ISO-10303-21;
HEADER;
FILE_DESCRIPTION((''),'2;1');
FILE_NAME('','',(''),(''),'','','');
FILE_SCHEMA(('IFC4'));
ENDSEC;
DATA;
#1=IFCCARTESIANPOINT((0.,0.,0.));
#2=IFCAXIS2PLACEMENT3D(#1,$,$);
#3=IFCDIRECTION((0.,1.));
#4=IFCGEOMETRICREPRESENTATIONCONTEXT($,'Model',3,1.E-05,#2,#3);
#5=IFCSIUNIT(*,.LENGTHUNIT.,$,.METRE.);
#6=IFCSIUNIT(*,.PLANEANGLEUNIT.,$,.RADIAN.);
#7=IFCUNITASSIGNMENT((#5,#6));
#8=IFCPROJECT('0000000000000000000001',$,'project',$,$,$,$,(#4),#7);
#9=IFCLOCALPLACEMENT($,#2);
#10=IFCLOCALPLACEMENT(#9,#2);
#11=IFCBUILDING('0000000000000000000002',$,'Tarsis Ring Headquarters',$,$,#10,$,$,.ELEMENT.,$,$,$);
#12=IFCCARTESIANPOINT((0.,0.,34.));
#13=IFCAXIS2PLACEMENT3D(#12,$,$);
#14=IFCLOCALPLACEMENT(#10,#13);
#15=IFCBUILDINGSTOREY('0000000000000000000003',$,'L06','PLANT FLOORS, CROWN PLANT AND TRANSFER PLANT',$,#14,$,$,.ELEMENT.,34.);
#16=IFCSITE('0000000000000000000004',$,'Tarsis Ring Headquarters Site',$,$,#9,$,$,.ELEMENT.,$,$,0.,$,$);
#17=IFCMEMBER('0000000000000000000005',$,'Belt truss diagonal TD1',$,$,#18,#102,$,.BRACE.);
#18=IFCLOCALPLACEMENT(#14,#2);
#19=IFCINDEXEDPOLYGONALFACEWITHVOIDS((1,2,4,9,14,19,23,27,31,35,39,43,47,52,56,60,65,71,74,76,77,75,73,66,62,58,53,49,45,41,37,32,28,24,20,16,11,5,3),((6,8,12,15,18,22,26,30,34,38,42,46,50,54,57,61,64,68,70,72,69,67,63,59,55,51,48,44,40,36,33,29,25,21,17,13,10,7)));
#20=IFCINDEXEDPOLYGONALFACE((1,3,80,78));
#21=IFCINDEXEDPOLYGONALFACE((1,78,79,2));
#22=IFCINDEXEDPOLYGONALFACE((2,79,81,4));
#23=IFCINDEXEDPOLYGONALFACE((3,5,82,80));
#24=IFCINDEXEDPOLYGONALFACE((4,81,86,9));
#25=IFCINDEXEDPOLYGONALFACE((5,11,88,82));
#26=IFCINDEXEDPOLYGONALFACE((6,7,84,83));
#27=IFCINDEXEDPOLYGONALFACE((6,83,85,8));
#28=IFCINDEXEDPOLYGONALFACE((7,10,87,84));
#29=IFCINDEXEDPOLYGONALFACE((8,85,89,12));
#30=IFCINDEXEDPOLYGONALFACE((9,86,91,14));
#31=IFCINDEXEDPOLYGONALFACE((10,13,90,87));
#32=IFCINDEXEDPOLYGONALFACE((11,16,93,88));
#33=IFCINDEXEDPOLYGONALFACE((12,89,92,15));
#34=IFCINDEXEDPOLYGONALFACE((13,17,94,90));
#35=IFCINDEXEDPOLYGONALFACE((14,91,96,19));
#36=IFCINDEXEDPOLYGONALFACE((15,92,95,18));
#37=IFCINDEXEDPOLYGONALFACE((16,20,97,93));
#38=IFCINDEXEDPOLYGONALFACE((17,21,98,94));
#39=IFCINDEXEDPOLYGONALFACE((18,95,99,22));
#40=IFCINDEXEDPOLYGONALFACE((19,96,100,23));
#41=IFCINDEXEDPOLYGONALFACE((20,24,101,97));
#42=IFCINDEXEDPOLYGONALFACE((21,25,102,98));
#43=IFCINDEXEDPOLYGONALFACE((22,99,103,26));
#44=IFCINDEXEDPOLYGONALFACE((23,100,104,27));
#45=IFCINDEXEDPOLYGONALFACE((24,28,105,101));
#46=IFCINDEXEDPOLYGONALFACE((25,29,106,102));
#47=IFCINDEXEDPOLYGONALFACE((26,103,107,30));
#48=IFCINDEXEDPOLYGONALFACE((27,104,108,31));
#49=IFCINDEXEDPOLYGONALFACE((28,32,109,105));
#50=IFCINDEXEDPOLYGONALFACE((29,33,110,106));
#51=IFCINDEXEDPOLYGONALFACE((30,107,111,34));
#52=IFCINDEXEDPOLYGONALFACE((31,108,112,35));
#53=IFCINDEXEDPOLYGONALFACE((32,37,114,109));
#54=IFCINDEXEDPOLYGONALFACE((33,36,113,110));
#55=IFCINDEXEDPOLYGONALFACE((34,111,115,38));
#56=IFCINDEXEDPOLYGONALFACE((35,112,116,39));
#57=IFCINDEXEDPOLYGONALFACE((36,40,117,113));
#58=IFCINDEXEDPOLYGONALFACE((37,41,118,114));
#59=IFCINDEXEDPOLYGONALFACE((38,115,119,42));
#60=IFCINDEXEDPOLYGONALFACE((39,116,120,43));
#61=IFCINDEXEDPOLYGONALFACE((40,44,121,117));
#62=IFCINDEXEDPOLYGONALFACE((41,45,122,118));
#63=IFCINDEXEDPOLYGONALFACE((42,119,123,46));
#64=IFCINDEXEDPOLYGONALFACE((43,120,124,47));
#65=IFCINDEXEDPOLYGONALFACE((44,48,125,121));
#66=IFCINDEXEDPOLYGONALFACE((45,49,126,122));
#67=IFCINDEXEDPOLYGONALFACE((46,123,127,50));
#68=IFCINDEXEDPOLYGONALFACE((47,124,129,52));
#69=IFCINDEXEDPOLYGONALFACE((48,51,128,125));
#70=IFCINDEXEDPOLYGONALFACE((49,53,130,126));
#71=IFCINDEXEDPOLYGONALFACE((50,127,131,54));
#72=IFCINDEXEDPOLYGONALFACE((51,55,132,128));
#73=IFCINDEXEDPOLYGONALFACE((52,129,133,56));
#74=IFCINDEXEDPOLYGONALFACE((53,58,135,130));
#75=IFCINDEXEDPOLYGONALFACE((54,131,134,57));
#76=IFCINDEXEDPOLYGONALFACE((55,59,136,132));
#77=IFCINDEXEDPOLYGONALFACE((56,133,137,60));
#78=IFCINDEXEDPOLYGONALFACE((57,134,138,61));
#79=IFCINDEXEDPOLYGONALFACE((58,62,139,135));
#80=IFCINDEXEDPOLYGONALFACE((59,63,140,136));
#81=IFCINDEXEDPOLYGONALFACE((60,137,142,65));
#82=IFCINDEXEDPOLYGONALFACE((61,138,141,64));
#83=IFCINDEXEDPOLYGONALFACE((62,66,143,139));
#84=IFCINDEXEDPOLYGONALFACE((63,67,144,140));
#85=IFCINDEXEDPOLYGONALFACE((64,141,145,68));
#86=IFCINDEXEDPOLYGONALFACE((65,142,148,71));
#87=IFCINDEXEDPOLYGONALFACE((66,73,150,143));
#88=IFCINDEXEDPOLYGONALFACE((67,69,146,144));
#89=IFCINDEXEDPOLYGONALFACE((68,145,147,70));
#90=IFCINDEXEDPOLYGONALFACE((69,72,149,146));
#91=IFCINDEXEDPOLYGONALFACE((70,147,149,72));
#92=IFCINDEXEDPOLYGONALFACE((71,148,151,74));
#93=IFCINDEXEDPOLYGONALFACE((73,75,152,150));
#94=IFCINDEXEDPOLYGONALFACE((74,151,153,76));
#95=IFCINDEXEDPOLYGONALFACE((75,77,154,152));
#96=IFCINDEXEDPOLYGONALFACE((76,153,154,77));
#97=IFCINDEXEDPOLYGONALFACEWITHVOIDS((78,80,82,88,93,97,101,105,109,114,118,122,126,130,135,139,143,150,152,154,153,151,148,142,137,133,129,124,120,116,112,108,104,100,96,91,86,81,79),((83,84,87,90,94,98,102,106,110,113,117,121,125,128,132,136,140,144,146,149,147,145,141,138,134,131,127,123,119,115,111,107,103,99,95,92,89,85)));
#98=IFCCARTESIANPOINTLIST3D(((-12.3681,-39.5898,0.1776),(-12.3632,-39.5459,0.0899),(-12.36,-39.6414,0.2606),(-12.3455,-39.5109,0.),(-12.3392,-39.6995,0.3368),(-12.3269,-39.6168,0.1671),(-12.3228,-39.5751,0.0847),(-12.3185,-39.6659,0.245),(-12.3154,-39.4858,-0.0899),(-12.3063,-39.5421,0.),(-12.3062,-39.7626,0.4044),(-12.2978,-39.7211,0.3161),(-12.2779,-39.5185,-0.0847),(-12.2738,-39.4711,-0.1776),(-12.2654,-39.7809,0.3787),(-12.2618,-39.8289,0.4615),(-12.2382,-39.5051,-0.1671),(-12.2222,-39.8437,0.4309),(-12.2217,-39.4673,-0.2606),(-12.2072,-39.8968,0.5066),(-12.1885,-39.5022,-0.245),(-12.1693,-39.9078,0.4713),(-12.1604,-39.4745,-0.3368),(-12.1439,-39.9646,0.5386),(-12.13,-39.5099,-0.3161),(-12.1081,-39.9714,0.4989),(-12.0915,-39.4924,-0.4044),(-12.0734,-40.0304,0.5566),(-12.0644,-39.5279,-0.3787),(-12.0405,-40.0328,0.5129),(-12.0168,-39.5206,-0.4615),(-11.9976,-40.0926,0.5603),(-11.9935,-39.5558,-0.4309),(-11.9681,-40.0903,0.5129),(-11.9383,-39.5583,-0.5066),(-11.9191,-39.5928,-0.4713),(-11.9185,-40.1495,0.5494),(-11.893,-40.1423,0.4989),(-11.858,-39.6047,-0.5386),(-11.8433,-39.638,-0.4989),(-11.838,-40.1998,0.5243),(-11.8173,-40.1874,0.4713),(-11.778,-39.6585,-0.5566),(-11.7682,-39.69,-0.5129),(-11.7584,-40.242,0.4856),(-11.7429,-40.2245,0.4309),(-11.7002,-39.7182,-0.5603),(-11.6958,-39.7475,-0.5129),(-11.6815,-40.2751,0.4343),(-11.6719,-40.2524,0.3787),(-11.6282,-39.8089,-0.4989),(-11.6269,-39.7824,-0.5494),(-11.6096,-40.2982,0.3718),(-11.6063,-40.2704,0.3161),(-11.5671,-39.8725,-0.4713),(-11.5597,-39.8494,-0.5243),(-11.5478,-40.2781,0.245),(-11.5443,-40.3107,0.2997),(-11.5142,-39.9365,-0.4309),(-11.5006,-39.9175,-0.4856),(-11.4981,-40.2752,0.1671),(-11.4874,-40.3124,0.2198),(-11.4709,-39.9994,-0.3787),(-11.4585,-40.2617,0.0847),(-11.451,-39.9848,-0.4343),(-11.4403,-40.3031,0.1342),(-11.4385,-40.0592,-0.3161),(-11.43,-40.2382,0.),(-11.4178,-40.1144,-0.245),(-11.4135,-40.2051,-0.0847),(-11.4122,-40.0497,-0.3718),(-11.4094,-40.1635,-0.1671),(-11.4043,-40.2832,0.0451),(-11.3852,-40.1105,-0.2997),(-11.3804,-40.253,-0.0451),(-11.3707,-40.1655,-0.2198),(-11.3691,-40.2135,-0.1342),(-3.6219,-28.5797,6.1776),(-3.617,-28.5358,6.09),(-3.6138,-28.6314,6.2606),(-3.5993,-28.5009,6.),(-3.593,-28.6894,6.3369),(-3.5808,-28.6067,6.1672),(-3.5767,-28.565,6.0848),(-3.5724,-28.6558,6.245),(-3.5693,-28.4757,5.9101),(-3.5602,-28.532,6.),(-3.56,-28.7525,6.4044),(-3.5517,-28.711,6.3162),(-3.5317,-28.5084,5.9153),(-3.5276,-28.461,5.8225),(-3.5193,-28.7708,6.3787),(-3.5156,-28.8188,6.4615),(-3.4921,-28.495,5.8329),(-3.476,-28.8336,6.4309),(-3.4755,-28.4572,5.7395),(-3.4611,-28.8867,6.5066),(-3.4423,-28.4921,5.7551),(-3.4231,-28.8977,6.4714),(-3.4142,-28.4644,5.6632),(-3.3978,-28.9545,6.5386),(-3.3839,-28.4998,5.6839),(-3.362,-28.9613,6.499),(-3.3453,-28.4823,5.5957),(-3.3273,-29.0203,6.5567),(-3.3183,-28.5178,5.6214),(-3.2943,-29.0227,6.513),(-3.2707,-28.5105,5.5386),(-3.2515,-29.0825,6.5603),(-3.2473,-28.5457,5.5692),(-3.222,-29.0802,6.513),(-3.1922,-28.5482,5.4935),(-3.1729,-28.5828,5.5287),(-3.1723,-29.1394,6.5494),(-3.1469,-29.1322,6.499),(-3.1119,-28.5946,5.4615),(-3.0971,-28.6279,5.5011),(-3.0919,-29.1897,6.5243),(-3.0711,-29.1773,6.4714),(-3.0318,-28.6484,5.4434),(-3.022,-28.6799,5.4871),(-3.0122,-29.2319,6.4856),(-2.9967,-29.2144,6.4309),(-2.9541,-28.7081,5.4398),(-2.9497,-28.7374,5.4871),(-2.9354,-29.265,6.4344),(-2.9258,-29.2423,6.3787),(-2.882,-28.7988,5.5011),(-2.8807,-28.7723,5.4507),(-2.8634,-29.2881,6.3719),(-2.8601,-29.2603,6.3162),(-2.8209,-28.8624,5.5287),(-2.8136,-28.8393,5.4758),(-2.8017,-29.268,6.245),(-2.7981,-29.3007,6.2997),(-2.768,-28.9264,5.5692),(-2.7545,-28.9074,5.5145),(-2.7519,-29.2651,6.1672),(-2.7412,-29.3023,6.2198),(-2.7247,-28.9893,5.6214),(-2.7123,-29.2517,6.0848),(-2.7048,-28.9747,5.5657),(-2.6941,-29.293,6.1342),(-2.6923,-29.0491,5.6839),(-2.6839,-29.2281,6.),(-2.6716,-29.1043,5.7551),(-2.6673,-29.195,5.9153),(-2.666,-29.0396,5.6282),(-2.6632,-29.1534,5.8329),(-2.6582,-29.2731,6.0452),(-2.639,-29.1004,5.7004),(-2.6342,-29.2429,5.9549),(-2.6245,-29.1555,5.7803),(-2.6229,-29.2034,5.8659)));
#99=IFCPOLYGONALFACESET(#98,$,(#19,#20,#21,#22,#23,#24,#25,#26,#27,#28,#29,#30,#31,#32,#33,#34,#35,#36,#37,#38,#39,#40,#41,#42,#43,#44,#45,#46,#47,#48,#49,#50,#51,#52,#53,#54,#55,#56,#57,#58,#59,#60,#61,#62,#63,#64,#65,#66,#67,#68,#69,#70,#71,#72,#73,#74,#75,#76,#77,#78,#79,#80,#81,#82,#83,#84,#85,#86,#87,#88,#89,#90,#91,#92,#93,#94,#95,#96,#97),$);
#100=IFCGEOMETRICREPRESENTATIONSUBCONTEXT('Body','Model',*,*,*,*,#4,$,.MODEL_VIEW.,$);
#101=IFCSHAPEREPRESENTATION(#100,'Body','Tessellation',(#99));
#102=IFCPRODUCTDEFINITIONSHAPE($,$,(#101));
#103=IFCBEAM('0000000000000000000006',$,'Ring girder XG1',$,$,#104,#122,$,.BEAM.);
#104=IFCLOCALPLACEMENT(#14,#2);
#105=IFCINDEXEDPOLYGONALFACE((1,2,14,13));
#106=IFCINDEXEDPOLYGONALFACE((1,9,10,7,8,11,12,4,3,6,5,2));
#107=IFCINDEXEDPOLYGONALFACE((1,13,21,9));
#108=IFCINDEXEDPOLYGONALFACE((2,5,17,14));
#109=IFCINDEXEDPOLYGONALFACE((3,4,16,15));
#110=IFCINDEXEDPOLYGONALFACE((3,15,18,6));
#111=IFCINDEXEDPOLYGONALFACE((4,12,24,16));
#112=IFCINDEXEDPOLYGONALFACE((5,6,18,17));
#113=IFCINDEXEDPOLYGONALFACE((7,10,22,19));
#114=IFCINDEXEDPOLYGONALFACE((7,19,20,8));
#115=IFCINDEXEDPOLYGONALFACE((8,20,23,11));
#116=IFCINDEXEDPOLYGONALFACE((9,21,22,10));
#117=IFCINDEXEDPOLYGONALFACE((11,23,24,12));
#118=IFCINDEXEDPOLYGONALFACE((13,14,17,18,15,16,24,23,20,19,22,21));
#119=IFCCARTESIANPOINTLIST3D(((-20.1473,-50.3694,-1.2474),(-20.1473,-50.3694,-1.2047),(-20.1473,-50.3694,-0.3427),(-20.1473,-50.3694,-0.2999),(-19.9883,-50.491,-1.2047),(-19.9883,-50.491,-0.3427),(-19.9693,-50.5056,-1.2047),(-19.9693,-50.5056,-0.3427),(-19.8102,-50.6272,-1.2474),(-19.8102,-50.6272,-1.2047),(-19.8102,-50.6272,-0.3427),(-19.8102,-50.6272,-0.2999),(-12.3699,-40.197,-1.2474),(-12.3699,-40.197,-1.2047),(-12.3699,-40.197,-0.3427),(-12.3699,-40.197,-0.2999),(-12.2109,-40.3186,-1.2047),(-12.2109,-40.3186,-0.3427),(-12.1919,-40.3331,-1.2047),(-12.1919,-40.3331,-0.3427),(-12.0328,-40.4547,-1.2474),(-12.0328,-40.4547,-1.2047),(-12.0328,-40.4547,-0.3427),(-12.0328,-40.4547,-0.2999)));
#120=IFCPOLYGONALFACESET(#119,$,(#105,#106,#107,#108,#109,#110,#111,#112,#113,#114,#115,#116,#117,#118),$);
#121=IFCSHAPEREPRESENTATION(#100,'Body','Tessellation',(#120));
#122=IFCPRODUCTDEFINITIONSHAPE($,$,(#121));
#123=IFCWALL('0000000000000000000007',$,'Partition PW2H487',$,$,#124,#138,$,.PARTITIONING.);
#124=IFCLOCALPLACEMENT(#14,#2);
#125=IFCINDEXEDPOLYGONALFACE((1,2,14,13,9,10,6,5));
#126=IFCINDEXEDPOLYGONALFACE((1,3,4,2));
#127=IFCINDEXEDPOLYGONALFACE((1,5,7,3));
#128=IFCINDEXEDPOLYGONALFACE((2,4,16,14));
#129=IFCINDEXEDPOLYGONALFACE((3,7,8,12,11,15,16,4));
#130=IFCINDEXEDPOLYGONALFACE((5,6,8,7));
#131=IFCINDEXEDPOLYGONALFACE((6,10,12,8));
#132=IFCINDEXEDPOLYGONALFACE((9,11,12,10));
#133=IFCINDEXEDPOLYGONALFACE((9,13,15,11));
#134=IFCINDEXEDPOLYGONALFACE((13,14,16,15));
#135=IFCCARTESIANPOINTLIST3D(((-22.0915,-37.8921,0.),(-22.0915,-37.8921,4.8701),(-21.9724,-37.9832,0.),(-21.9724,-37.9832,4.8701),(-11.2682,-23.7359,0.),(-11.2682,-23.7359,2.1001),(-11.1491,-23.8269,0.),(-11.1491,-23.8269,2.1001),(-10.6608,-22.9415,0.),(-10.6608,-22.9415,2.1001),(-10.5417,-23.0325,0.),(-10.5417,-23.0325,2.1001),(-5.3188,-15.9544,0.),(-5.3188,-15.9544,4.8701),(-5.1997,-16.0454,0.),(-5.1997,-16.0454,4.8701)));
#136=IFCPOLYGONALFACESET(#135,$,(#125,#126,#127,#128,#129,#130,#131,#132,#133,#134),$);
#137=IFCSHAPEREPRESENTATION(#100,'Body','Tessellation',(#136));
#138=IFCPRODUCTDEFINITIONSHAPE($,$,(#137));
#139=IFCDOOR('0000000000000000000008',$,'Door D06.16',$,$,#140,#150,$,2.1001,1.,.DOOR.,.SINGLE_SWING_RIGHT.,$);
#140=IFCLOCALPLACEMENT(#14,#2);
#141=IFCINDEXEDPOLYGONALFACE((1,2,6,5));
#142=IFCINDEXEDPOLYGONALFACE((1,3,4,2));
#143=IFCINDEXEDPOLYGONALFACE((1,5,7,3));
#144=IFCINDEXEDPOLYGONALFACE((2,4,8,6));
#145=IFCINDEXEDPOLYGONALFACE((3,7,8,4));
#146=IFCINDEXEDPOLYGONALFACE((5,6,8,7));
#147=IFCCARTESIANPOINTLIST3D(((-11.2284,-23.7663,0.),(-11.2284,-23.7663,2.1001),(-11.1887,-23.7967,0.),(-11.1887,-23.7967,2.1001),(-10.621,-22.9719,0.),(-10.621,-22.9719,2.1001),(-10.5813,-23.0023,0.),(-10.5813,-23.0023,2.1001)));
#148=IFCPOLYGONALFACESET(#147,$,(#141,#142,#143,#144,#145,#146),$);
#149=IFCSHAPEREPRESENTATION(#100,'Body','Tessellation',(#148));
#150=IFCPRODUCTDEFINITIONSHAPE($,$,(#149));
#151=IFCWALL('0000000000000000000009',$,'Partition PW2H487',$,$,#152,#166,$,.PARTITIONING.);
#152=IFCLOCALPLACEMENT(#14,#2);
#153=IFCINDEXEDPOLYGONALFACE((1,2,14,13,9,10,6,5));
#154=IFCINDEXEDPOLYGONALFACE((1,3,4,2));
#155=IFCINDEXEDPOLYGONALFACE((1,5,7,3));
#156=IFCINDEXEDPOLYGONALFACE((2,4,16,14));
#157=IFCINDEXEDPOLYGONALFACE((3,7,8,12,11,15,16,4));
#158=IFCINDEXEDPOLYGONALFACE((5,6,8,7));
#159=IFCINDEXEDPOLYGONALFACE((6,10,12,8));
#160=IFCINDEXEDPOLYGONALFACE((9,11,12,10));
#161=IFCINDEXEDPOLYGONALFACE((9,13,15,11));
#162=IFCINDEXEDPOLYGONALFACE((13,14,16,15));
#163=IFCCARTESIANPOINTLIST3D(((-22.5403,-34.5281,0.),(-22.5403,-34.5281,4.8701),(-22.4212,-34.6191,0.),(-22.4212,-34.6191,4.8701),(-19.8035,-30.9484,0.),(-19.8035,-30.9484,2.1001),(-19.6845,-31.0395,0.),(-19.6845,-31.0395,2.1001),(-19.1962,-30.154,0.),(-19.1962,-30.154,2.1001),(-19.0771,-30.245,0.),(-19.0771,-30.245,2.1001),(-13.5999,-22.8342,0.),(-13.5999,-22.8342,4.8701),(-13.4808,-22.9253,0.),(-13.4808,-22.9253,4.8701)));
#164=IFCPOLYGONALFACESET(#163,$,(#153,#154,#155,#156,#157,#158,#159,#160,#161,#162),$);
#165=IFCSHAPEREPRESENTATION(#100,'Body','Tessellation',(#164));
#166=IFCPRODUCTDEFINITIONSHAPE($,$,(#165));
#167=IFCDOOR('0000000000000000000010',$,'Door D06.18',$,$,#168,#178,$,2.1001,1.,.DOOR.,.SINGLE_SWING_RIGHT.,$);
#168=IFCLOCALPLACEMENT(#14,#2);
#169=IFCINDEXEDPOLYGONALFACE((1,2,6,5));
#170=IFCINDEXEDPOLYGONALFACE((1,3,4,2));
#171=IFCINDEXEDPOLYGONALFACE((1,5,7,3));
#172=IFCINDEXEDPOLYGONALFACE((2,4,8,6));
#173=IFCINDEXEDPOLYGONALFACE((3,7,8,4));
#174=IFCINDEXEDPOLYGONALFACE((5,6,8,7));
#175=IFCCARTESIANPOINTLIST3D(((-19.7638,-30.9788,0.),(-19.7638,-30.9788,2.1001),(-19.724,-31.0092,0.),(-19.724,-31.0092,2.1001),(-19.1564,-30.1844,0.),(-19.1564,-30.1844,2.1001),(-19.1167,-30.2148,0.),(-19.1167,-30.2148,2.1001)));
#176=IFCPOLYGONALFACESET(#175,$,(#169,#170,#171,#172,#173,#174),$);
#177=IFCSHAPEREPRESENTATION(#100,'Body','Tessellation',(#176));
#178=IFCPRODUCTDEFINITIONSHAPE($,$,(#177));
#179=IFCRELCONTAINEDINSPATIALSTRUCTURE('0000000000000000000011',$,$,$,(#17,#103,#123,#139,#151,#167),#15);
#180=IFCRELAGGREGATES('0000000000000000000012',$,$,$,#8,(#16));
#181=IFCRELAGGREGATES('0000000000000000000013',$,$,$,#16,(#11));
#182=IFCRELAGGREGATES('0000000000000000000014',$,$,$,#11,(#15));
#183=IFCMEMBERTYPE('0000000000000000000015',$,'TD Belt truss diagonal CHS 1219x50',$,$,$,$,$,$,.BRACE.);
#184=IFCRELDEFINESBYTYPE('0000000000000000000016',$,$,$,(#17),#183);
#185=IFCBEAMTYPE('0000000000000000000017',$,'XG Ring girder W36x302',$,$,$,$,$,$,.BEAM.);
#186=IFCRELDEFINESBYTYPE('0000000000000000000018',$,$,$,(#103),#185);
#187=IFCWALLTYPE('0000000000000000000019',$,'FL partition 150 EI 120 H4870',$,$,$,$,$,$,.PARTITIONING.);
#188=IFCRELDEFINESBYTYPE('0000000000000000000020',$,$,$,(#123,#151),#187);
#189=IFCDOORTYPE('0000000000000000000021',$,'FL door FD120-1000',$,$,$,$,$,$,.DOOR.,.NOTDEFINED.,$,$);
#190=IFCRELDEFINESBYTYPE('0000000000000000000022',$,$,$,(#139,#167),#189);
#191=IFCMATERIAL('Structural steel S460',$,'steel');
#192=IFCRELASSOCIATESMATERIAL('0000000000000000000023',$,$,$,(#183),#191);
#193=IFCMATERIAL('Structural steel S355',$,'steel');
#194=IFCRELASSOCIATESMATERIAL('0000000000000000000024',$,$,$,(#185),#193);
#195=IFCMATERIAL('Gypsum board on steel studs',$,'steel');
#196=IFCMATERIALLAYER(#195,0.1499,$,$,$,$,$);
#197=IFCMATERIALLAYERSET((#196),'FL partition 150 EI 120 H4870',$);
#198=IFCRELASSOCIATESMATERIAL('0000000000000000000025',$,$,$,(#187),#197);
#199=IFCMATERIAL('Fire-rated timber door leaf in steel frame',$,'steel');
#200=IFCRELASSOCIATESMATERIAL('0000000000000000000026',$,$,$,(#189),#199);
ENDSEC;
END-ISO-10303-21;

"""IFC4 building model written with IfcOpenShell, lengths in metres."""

from ifc_helpers import new_model, si_unit, direction, frame, frame_2d, origin, origin_2d, place, context, subcontext, project, spatial, rectangle, hollow_circle, i_section, extrude, material, layer, layer_set, material_profile, profile_set, type_object, element, fill, save


model = new_model("IFC4")

# Units and contexts
model_context = context("Model", 3, precision=1e-05, world=origin(), true_north=direction((0.0, 1.0)))
body_context = subcontext(model_context, "Body", "Model", "MODEL_VIEW")
ifc_project = project(units=[si_unit("LENGTHUNIT", "METRE"), si_unit("PLANEANGLEUNIT", "RADIAN")], contexts=[model_context])

# Site, building, storey
site_placement = place(None, origin())
site = spatial("IfcSite", under=ifc_project, at=site_placement, Name="Tarsis Ring Headquarters Site", CompositionType="ELEMENT", RefElevation=0.0)
building_placement = place(site_placement, origin())
building = spatial("IfcBuilding", under=site, at=building_placement, Name="Tarsis Ring Headquarters", CompositionType="ELEMENT")
storey_placement = place(building_placement, frame((0.0, 0.0, 34.0)))
storey = spatial("IfcBuildingStorey", under=building, at=storey_placement, Name="L06", Description="PLANT FLOORS, CROWN PLANT AND TRANSFER PLANT", CompositionType="ELEMENT", Elevation=34.0)

# Shared definitions
ifc_material_1 = material(Name="Structural steel S460", Category="steel")
ifc_material_profile_1 = material_profile(ifc_material_1, hollow_circle(Radius=0.6096, WallThickness=0.05, at=origin_2d()), Name="CHS 1219x50")
ifc_profile_set_1 = profile_set([ifc_material_profile_1], Name="Structural steel S460")

# Member
ifc_material_2 = material(Name="Structural steel S355", Category="steel")
member_type_1 = type_object("IfcMemberType", Name="TD Belt truss diagonal CHS 1219x50", PredefinedType="BRACE", material=ifc_profile_set_1)
member_1_placement = place(storey_placement, frame((-11.8682, -39.8901, 0.0), z_axis=(0.572099, 0.720186, 0.392472), x_axis=(-0.783012, 0.622006, 0.0)))
element("IfcMember", 1, at=member_1_placement, inside=storey, type_object=member_type_1, Name="Belt truss diagonal TD1", PredefinedType="BRACE", context=body_context, shape_type="SweptSolid", body=[
    extrude(hollow_circle(Radius=0.6096, WallThickness=0.05, at=origin_2d()), origin(), (0.0, 0.0, 1.0), 15.2878),
])

# Beam
ifc_material_profile_2 = material_profile(ifc_material_2, i_section(OverallWidth=0.4243, OverallDepth=0.9475, WebThickness=0.0239, FlangeThickness=0.0427, at=origin_2d()), Name="W36x302")
ifc_profile_set_2 = profile_set([ifc_material_profile_2], Name="Structural steel S355")
beam_type = type_object("IfcBeamType", Name="XG Ring girder W36x302", PredefinedType="BEAM", material=ifc_profile_set_2)
beam_placement = place(storey_placement, frame((-19.9788, -50.4983, -0.7737), z_axis=(0.607375, 0.794415, 0.0), x_axis=(-0.794415, 0.607375, 0.0)))
element("IfcBeam", 2, at=beam_placement, inside=storey, type_object=beam_type, Name="Ring girder XG1", PredefinedType="BEAM", context=body_context, shape_type="SweptSolid", body=[
    extrude(i_section(OverallWidth=0.4243, OverallDepth=0.9475, WebThickness=0.0239, FlangeThickness=0.0427, at=origin_2d()), origin(), (0.0, 0.0, 1.0), 12.8049),
])

# Walls, openings, doors
ifc_material_3 = material(Name="Gypsum board on steel studs", Category="steel")
ifc_layer = layer(ifc_material_3, 0.1499)
ifc_layer_set = layer_set([ifc_layer], Name="FL partition 150 EI 120 H4870")
wall_type = type_object("IfcWallType", Name="FL partition 150 EI 120 H4870", PredefinedType="PARTITIONING", material=ifc_layer_set)
wall_1_placement = place(storey_placement, frame((-22.032, -37.9377, 0.0), z_axis=(0.0, 0.0, 1.0), x_axis=(0.607377, 0.794414, 0.0)))
wall_1 = element("IfcWall", 3, at=wall_1_placement, inside=storey, type_object=wall_type, Name="Partition PW2H487", PredefinedType="PARTITIONING", context=body_context, shape_type="SweptSolid", body=[
    extrude(rectangle(XDim=27.615, YDim=0.1499, at=frame_2d((13.8076, 0.0))), origin(), (0.0, 0.0, 1.0), 4.8701),
])
opening_1_placement = place(wall_1_placement, frame((17.8198, 0.0, 0.0)))
opening_1 = element("IfcOpeningElement", 4, at=opening_1_placement, cuts=wall_1, PredefinedType="OPENING", context=body_context, shape_type="SweptSolid", body=[
    extrude(rectangle(XDim=1.0, YDim=2.1001, at=frame_2d((0.5, 1.05))), frame((0.0, 0.085, 0.0), z_axis=(0.0, -1.0, 0.0), x_axis=(1.0, 0.0, 0.0)), (0.0, 0.0, 1.0), 0.1699),
])
ifc_material_4 = material(Name="Fire-rated timber door leaf in steel frame", Category="steel")
door_type = type_object("IfcDoorType", Name="FL door FD120-1000", OperationType="NOTDEFINED", PredefinedType="DOOR", material=ifc_material_4)
door_1_placement = place(opening_1_placement, origin())
door_1 = element("IfcDoor", 5, at=door_1_placement, inside=storey, type_object=door_type, Name="Door D06.16", OperationType="SINGLE_SWING_RIGHT", OverallHeight=2.1001, OverallWidth=1.0, PredefinedType="DOOR", context=body_context, shape_type="SweptSolid", body=[
    extrude(rectangle(XDim=1.0, YDim=2.1001, at=frame_2d((0.5, 1.05))), frame((0.0, 0.0249, 0.0), z_axis=(0.0, -1.0, 0.0), x_axis=(1.0, 0.0, 0.0)), (0.0, 0.0, 1.0), 0.05),
])
fill(opening_1, door_1)
wall_2_placement = place(storey_placement, frame((-22.4807, -34.5735, 0.0), z_axis=(0.0, 0.0, 1.0), x_axis=(0.607368, 0.794421, 0.0)))
wall_2 = element("IfcWall", 6, at=wall_2_placement, inside=storey, type_object=wall_type, Name="Partition PW2H487", PredefinedType="PARTITIONING", context=body_context, shape_type="SweptSolid", body=[
    extrude(rectangle(XDim=14.72, YDim=0.1499, at=frame_2d((7.3599, 0.0))), origin(), (0.0, 0.0, 1.0), 4.8701),
])
opening_2_placement = place(wall_2_placement, frame((4.5059, 0.0, 0.0)))
opening_2 = element("IfcOpeningElement", 7, at=opening_2_placement, cuts=wall_2, PredefinedType="OPENING", context=body_context, shape_type="SweptSolid", body=[
    extrude(rectangle(XDim=1.0, YDim=2.1001, at=frame_2d((0.5, 1.05))), frame((0.0, 0.085, 0.0), z_axis=(0.0, -1.0, 0.0), x_axis=(1.0, 0.0, 0.0)), (0.0, 0.0, 1.0), 0.1699),
])
door_2_placement = place(opening_2_placement, origin())
door_2 = element("IfcDoor", 8, at=door_2_placement, inside=storey, type_object=door_type, Name="Door D06.18", OperationType="SINGLE_SWING_RIGHT", OverallHeight=2.1001, OverallWidth=1.0, PredefinedType="DOOR", context=body_context, shape_type="SweptSolid", body=[
    extrude(rectangle(XDim=1.0, YDim=2.1001, at=frame_2d((0.5, 1.05))), frame((0.0, 0.0249, 0.0), z_axis=(0.0, -1.0, 0.0), x_axis=(1.0, 0.0, 0.0)), (0.0, 0.0, 1.0), 0.05),
])
fill(opening_2, door_2)

save(model, "model.ifc")
